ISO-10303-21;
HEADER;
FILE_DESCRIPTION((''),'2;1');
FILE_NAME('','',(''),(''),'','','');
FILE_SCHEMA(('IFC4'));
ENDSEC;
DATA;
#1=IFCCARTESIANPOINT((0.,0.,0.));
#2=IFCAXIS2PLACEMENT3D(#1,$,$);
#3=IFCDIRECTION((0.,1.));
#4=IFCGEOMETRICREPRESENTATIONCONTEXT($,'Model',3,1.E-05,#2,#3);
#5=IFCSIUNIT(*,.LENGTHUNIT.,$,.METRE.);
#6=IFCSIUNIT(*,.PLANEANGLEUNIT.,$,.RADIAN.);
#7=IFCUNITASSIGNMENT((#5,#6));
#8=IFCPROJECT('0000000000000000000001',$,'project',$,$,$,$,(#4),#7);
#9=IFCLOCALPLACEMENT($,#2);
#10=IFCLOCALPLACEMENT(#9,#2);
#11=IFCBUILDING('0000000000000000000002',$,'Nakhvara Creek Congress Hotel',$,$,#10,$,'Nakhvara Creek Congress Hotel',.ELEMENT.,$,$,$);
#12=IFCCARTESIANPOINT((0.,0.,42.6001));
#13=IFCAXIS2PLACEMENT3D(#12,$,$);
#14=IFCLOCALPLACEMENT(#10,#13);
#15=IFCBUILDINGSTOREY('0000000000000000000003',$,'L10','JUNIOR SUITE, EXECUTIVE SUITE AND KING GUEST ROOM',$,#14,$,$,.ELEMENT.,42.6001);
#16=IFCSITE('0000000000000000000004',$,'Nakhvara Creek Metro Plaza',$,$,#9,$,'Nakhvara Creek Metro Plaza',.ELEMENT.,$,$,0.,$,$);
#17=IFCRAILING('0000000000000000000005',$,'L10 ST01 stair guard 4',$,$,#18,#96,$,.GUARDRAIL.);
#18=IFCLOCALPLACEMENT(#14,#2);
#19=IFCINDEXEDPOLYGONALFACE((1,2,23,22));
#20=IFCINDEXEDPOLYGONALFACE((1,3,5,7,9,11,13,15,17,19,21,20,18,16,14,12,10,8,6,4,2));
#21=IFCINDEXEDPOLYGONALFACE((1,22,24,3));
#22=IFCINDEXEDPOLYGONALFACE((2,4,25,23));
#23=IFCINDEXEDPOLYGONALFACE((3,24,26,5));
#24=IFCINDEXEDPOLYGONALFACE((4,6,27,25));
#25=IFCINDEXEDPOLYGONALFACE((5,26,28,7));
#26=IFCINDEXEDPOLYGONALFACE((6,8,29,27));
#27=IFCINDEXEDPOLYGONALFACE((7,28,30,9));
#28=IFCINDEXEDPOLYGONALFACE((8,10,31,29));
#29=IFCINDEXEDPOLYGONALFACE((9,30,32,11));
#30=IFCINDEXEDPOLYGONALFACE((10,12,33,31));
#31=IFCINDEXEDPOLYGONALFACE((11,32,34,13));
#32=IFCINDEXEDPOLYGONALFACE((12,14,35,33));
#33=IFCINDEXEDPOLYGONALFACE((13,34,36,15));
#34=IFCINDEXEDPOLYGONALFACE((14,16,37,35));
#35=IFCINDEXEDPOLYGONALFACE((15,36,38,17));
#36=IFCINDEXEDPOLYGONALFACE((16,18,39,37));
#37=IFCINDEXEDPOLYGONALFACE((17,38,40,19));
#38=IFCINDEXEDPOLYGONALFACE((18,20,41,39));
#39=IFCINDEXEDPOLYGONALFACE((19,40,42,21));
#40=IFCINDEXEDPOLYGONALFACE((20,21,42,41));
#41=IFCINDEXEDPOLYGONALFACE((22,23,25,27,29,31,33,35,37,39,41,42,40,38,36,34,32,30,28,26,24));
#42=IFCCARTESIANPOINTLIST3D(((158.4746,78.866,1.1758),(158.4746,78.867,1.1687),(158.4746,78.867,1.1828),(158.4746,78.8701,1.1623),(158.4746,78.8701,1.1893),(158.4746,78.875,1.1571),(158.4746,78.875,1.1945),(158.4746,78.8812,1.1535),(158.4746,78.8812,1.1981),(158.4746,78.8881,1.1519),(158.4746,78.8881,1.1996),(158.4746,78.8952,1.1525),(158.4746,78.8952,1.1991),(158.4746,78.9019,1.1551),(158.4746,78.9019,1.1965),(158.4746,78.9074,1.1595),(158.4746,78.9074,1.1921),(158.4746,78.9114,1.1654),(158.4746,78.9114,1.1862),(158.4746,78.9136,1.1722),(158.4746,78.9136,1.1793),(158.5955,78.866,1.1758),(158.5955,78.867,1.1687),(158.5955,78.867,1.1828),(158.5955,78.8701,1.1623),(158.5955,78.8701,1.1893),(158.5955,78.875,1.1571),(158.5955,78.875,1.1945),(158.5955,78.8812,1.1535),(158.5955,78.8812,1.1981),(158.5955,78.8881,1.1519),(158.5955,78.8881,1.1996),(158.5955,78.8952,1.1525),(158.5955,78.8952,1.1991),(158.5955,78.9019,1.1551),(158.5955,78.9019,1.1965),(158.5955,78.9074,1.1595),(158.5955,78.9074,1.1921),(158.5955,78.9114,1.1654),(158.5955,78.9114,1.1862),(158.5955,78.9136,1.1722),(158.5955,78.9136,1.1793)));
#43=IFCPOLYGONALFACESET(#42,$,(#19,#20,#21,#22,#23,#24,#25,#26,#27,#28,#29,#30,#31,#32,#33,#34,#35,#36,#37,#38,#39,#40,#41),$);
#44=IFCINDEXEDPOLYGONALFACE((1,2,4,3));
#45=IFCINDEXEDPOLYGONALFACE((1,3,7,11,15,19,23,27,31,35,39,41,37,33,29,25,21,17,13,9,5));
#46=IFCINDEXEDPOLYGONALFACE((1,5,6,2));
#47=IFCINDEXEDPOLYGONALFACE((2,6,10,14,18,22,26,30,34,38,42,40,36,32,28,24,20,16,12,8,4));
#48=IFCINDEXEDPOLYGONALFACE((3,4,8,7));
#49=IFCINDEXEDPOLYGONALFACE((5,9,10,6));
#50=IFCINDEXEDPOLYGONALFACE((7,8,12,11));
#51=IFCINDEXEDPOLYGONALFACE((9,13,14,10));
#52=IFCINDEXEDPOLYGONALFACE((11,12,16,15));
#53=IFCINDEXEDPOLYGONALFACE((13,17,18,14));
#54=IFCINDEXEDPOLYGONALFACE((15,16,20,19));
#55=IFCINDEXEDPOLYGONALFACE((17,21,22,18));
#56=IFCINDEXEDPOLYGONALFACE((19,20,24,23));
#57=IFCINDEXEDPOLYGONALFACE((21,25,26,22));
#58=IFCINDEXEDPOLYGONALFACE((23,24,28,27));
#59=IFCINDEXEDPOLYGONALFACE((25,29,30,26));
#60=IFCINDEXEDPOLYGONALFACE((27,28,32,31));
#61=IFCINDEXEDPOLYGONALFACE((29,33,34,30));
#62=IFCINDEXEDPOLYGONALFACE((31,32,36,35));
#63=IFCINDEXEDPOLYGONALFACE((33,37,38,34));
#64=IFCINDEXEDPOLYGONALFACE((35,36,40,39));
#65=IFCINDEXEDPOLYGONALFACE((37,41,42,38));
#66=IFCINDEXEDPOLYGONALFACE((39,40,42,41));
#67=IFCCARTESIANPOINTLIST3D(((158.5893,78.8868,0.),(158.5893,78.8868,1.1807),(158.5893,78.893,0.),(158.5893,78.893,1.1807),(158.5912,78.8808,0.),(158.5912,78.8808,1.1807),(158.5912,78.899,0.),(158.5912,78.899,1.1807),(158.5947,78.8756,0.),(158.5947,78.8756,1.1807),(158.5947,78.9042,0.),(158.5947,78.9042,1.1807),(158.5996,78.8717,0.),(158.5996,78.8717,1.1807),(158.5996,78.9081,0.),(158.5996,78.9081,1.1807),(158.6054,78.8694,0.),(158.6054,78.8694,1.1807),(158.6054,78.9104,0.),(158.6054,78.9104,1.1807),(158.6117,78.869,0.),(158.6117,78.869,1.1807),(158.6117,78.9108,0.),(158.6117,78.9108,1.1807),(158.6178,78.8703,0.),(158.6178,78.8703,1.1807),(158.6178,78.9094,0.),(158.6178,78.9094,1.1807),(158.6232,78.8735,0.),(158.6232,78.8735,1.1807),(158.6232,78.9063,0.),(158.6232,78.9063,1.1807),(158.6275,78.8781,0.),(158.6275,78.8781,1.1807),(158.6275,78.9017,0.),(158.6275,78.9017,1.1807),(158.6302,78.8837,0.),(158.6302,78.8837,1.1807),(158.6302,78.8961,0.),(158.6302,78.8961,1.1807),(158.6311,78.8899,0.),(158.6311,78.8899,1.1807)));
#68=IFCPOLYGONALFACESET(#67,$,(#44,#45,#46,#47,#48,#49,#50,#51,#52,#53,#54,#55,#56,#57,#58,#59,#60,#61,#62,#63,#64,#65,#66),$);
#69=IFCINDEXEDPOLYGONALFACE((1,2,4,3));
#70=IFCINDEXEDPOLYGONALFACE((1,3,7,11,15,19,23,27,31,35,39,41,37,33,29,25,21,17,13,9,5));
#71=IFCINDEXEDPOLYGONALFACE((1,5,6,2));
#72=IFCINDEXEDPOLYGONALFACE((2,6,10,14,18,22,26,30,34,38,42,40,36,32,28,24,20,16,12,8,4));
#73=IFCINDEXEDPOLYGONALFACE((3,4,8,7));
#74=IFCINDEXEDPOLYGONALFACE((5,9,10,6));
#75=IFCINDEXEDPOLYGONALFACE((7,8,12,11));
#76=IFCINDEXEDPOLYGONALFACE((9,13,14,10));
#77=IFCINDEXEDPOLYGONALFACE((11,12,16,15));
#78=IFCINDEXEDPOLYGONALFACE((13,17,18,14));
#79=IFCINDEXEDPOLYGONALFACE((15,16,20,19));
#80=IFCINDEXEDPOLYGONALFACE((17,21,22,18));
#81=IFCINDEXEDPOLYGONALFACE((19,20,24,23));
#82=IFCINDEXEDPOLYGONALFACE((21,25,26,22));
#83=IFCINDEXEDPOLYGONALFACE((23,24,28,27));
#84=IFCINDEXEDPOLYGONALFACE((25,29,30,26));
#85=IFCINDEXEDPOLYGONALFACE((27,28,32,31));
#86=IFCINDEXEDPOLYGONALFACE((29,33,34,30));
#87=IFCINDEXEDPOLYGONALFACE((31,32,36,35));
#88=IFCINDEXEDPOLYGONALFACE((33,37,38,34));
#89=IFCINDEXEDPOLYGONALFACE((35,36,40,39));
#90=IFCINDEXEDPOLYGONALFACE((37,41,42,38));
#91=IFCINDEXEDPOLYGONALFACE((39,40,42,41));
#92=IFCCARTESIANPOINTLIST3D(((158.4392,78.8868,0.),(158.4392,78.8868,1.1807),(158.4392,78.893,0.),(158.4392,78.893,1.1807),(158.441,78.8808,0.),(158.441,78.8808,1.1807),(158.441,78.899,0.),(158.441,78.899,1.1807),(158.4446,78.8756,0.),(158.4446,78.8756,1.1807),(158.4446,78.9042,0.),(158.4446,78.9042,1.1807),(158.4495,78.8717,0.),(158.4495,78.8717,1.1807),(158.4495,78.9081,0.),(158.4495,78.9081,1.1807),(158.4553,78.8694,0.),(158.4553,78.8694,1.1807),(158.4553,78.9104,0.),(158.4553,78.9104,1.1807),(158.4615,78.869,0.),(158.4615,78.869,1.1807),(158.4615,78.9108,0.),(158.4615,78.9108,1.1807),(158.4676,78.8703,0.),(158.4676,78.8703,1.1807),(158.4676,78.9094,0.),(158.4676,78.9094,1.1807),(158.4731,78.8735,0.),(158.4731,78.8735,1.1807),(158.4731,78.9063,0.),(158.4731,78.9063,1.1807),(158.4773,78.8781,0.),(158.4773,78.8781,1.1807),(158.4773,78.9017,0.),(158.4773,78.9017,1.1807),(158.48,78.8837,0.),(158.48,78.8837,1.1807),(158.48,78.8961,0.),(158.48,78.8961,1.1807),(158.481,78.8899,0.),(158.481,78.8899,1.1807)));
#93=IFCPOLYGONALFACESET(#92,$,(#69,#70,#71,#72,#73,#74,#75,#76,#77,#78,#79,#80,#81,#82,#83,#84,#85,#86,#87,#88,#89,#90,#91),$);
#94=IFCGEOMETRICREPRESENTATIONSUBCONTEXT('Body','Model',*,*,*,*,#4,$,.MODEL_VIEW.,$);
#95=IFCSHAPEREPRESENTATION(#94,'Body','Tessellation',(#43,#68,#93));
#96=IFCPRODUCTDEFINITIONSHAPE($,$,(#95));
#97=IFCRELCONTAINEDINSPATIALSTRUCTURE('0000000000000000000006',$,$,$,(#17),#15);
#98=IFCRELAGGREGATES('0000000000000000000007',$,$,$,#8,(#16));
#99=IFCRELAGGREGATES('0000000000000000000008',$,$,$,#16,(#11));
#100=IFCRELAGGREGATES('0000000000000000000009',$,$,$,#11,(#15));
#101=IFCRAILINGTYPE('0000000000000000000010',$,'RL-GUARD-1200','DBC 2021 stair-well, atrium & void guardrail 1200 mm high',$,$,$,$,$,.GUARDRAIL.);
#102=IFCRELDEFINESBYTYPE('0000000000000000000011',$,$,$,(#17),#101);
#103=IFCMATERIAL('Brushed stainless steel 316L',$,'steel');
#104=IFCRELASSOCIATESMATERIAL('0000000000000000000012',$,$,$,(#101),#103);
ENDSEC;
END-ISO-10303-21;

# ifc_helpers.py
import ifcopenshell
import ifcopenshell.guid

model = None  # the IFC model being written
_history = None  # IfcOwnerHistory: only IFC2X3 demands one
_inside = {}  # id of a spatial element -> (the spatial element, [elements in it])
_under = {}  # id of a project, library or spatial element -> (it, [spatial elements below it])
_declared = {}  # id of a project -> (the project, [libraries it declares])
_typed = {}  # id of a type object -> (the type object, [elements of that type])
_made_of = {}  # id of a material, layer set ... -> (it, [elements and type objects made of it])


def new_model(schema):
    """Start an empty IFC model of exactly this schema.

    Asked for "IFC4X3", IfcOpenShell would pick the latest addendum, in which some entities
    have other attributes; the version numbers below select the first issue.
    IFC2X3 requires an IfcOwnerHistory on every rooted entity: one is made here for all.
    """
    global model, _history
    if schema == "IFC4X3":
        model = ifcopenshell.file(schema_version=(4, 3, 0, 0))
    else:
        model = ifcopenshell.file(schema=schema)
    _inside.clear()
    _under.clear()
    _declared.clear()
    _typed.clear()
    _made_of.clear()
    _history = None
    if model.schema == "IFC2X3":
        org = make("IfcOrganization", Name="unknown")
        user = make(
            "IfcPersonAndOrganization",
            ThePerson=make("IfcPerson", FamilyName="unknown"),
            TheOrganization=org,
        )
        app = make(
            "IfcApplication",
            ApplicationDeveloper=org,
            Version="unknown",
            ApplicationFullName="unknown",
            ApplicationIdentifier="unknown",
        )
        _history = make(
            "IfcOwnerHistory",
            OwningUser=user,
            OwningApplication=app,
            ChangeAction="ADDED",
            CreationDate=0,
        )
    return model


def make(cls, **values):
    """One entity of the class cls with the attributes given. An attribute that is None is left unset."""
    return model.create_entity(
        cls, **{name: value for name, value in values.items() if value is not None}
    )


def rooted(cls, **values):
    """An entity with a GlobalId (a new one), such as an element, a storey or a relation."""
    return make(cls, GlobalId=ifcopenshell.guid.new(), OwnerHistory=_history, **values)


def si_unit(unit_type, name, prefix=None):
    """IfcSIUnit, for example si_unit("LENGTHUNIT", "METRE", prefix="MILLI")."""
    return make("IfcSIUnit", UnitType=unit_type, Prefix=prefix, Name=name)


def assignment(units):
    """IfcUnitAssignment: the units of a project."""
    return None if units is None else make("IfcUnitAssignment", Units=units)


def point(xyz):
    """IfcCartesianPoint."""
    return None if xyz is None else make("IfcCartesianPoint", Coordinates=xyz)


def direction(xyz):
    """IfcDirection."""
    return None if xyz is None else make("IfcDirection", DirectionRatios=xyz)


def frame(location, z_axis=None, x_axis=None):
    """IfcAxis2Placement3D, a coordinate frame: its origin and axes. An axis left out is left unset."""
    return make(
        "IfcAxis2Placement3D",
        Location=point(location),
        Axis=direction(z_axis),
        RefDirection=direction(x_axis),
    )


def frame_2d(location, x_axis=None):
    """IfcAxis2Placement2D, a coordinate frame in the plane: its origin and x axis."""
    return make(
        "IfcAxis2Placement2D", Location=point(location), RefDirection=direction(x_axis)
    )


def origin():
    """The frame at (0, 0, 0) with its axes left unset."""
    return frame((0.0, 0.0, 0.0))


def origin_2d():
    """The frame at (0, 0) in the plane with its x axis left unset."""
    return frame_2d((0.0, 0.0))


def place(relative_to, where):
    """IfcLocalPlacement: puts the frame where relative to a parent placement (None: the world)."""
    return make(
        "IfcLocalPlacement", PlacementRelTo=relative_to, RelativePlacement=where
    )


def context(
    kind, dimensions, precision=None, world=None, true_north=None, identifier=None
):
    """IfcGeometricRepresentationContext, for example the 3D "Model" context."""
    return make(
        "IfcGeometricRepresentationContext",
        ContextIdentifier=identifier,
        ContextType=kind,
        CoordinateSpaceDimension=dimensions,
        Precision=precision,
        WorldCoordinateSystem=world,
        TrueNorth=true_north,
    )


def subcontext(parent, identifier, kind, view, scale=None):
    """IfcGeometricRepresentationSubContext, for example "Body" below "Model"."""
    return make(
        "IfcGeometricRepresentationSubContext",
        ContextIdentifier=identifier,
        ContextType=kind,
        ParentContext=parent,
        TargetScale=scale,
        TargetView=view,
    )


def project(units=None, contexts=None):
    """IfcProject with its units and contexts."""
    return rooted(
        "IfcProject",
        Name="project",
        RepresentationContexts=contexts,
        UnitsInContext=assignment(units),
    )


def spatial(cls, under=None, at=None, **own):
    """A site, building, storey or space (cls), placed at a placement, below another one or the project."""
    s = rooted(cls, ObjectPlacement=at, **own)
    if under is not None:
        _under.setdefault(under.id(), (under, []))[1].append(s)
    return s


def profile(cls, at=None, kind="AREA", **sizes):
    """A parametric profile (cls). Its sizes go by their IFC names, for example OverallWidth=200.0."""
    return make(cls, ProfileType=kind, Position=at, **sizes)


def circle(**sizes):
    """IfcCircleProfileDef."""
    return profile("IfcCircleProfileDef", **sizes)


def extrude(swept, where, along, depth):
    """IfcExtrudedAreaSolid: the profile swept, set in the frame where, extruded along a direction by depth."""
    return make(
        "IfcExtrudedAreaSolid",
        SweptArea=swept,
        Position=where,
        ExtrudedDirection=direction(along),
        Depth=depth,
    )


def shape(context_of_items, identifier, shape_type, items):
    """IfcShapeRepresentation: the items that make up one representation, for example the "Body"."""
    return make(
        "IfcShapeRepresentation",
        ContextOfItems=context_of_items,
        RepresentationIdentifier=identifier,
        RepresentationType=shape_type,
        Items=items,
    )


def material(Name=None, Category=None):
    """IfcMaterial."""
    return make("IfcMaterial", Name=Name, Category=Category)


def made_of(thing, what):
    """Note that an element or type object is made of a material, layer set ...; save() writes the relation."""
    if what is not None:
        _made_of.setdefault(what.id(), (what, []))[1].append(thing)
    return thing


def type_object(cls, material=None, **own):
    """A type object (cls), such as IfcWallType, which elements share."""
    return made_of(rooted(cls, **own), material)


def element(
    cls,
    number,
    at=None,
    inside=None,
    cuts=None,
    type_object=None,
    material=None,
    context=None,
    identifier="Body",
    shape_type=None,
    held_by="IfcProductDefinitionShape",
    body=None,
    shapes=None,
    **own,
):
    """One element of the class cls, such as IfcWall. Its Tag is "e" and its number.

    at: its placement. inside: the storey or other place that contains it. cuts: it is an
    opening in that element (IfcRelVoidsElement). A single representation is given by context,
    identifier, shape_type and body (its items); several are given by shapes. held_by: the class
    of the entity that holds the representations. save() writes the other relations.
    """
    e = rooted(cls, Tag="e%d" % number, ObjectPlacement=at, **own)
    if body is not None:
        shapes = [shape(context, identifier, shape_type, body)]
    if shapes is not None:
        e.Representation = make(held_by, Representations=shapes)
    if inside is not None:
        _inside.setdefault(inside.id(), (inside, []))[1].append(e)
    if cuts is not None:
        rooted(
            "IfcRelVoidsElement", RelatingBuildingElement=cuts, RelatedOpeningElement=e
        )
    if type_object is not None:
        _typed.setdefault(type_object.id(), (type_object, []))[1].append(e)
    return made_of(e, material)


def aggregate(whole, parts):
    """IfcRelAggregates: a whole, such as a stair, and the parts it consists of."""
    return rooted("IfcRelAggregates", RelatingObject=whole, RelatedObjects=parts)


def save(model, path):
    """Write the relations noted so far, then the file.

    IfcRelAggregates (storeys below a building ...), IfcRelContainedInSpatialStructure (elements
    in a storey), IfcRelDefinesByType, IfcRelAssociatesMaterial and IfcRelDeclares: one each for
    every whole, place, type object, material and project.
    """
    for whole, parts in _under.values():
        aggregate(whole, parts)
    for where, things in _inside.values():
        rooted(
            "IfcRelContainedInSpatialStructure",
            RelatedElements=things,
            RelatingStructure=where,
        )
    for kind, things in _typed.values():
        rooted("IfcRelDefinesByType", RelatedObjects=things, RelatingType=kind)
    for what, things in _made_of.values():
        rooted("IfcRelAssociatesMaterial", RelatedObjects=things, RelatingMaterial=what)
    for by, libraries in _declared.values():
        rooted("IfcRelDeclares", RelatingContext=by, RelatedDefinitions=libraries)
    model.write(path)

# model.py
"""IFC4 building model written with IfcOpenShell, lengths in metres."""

from ifc_helpers import new_model, si_unit, direction, frame, origin, origin_2d, place, context, subcontext, project, spatial, circle, extrude, material, type_object, element, save


model = new_model("IFC4")

# Units and contexts
model_context = context("Model", 3, precision=1e-05, world=origin(), true_north=direction((0.0, 1.0)))
body_context = subcontext(model_context, "Body", "Model", "MODEL_VIEW")
ifc_project = project(units=[si_unit("LENGTHUNIT", "METRE"), si_unit("PLANEANGLEUNIT", "RADIAN")], contexts=[model_context])

# Site, building, storey
site_placement = place(None, origin())
site = spatial("IfcSite", under=ifc_project, at=site_placement, Name="Nakhvara Creek Metro Plaza", LongName="Nakhvara Creek Metro Plaza", CompositionType="ELEMENT", RefElevation=0.0)
building_placement = place(site_placement, origin())
building = spatial("IfcBuilding", under=site, at=building_placement, Name="Nakhvara Creek Congress Hotel", LongName="Nakhvara Creek Congress Hotel", CompositionType="ELEMENT")
storey_placement = place(building_placement, frame((0.0, 0.0, 42.6001)))
storey = spatial("IfcBuildingStorey", under=building, at=storey_placement, Name="L10", Description="JUNIOR SUITE, EXECUTIVE SUITE AND KING GUEST ROOM", CompositionType="ELEMENT", Elevation=42.6001)

# Railing
ifc_material_1 = material(Name="Brushed stainless steel 316L", Category="steel")
railing_type_1 = type_object("IfcRailingType", Name="RL-GUARD-1200", Description="DBC 2021 stair-well, atrium & void guardrail 1200 mm high", PredefinedType="GUARDRAIL", material=ifc_material_1)
railing_1_placement = place(storey_placement, frame((158.6101, 78.8899, 0.0)))
element("IfcRailing", 1, at=railing_1_placement, inside=storey, type_object=railing_type_1, Name="L10 ST01 stair guard 4", PredefinedType="GUARDRAIL", context=body_context, shape_type="SweptSolid", body=[
    extrude(circle(Radius=0.0239, at=origin_2d()), frame((-0.0146, 0.0, 1.1758), z_axis=(-1.0, 0.0, 0.0), x_axis=(0.0, -1.0, 0.0)), (0.0, 0.0, 1.0), 0.1208),
    extrude(circle(Radius=0.021, at=origin_2d()), origin(), (0.0, 0.0, 1.0), 1.1807),
    extrude(circle(Radius=0.021, at=origin_2d()), frame((-0.1501, 0.0, 0.0)), (0.0, 0.0, 1.0), 1.1807),
])

save(model, "model.ifc")
